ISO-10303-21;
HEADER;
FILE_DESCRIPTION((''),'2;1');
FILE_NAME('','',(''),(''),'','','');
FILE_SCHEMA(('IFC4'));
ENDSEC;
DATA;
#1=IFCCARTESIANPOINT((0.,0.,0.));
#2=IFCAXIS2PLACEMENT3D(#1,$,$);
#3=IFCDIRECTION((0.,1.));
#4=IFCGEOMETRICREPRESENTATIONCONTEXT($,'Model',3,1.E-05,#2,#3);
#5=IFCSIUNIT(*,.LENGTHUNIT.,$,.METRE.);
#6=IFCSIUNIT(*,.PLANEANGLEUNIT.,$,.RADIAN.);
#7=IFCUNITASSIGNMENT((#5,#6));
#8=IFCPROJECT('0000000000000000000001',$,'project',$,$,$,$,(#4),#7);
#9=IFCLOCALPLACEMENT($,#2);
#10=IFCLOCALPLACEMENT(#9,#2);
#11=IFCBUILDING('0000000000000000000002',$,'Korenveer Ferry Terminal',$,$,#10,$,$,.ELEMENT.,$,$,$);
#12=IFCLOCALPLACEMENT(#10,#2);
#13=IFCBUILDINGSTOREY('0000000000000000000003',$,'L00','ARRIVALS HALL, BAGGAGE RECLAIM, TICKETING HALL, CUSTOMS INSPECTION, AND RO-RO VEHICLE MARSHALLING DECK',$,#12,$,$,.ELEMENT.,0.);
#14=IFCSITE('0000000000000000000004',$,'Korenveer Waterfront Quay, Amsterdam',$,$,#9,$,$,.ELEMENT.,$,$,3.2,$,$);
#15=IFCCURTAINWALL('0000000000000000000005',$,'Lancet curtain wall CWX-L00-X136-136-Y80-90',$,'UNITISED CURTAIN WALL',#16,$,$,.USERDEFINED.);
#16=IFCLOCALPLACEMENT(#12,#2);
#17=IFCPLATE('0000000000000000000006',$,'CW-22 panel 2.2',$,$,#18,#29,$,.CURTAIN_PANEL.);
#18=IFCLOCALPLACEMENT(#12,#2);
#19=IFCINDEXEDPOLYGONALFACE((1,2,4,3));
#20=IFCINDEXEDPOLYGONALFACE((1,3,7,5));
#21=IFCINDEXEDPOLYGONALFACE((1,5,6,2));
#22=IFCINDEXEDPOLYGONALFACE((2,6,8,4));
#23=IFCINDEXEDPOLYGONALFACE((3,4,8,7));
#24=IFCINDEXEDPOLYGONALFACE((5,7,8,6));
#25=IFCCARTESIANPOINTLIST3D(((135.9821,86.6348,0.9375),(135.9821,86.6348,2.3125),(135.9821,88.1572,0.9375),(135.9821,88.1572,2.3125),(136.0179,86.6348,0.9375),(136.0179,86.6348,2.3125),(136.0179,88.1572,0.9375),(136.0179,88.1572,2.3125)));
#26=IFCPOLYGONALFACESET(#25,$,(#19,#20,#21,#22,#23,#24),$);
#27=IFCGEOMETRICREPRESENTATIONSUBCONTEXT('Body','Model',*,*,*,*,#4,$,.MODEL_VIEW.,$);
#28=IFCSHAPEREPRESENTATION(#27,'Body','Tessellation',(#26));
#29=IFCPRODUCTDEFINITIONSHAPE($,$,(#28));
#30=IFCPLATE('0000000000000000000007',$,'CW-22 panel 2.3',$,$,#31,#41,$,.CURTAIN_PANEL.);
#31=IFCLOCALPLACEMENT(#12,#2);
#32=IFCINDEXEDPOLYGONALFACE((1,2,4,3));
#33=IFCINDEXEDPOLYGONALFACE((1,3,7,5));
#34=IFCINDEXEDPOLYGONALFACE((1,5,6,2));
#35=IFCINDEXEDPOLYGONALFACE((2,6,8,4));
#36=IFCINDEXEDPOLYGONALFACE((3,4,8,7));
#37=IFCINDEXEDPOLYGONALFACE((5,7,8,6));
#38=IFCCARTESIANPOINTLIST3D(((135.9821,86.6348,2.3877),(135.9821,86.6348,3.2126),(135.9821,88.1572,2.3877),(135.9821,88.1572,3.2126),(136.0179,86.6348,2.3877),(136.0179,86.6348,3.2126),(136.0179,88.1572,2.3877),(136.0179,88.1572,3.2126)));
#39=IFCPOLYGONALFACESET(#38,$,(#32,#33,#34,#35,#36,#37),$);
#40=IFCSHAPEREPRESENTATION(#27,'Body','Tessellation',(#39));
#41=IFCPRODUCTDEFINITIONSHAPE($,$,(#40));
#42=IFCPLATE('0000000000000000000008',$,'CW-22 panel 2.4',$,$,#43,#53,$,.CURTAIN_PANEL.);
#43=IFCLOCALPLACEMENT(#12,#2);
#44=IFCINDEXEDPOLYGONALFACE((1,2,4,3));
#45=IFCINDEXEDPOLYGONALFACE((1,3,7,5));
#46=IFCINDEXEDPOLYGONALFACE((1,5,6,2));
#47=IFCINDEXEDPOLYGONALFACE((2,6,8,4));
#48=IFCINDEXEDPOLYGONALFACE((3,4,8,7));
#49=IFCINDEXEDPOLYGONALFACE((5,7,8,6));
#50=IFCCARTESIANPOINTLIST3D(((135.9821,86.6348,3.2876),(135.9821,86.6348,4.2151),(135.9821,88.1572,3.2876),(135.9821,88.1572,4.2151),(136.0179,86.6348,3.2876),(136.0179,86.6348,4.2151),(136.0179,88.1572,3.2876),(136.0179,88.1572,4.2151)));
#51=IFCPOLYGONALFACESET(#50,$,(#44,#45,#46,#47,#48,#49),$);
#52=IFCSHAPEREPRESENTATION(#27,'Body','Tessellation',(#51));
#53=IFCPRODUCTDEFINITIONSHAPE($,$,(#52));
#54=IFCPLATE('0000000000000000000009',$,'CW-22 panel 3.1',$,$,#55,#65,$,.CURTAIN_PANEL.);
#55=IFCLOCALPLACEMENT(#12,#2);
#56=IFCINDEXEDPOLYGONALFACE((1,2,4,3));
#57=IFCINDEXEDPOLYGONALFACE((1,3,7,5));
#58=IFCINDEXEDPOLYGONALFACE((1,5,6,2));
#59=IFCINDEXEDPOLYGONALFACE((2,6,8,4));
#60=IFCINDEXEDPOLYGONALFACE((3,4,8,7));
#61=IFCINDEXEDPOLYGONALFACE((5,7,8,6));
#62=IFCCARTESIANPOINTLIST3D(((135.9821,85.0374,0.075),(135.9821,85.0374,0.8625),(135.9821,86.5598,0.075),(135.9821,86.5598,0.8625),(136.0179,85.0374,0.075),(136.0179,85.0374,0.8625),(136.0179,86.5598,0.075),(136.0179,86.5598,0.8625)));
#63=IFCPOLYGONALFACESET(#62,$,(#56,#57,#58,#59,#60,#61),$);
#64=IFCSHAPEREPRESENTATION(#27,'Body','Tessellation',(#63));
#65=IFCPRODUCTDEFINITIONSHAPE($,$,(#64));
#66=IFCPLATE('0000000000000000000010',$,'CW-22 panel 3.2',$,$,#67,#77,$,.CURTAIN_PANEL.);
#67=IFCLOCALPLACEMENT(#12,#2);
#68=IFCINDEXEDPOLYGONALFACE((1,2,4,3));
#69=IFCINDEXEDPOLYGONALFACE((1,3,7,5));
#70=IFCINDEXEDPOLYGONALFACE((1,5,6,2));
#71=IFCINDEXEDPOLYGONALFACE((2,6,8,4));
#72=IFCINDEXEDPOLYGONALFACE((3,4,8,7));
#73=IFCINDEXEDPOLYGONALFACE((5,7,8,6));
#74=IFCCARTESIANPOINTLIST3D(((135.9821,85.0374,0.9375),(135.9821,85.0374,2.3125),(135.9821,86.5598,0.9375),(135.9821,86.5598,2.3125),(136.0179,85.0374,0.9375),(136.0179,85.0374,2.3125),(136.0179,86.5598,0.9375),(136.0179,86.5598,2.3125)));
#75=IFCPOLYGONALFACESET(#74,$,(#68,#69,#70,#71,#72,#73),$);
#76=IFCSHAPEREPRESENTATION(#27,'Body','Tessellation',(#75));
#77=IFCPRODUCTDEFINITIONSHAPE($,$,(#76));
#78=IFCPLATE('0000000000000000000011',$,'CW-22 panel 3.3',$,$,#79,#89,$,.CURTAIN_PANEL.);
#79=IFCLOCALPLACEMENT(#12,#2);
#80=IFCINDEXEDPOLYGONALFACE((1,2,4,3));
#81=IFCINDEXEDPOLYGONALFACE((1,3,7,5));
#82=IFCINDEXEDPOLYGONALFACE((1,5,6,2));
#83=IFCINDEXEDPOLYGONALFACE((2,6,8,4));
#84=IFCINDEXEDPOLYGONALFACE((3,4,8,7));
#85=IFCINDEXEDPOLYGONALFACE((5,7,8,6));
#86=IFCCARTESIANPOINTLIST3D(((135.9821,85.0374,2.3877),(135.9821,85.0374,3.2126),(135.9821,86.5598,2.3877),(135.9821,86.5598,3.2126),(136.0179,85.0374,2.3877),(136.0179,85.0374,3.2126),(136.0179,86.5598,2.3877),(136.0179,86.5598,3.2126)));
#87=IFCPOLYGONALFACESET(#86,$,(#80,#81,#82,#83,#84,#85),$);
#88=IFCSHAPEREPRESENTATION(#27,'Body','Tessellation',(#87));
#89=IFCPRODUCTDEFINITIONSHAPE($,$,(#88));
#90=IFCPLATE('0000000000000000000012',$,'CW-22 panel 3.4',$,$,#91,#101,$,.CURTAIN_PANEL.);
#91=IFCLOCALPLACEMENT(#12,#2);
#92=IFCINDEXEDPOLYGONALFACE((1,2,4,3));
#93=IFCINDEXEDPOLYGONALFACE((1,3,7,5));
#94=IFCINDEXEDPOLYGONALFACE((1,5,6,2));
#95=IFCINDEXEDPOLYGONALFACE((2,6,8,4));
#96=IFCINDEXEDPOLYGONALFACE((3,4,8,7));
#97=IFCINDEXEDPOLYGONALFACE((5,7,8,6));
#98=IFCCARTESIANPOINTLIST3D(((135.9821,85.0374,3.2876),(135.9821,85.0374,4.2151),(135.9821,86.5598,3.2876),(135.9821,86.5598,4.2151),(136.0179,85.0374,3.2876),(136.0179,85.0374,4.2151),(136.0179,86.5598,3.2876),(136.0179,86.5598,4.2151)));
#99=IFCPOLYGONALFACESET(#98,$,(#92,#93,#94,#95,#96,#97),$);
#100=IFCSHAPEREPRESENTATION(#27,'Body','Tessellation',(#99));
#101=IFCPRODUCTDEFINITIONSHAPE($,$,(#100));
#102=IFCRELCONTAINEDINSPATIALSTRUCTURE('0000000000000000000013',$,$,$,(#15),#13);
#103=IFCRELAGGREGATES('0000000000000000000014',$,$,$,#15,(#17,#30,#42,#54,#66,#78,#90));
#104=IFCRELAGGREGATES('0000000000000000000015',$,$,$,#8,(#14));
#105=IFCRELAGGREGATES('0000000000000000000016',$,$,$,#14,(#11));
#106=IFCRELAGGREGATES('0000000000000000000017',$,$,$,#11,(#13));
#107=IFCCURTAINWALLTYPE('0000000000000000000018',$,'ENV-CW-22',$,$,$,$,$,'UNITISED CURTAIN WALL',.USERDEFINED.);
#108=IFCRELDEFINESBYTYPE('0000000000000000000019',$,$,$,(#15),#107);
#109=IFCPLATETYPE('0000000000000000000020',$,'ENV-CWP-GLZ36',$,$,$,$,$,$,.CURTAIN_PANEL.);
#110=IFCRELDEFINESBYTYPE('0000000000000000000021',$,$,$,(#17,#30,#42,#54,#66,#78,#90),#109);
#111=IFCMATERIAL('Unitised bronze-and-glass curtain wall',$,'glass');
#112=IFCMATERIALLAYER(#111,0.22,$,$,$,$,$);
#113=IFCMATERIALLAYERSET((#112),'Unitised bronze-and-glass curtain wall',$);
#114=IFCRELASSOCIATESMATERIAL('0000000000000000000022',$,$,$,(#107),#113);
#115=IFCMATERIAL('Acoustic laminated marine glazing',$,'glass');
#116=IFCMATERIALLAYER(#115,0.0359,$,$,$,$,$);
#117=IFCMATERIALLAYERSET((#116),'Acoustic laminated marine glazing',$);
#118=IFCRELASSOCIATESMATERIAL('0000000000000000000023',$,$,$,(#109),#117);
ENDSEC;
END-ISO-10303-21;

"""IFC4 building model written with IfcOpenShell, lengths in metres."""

from ifc_helpers import new_model, si_unit, direction, frame, origin, origin_2d, place, context, subcontext, project, spatial, rectangle, extrude, material, layer, layer_set, type_object, element, aggregate, save


model = new_model("IFC4")

# Units and contexts
model_context = context("Model", 3, precision=1e-05, world=origin(), true_north=direction((0.0, 1.0)))
body_context = subcontext(model_context, "Body", "Model", "MODEL_VIEW")
ifc_project = project(units=[si_unit("LENGTHUNIT", "METRE"), si_unit("PLANEANGLEUNIT", "RADIAN")], contexts=[model_context])

# Site, building, storey
site_placement = place(None, origin())
site = spatial("IfcSite", under=ifc_project, at=site_placement, Name="Korenveer Waterfront Quay, Amsterdam", CompositionType="ELEMENT", RefElevation=3.2)
building_placement = place(site_placement, origin())
building = spatial("IfcBuilding", under=site, at=building_placement, Name="Korenveer Ferry Terminal", CompositionType="ELEMENT")
storey_placement = place(building_placement, origin())
storey = spatial("IfcBuildingStorey", under=building, at=storey_placement, Name="L00", Description="ARRIVALS HALL, BAGGAGE RECLAIM, TICKETING HALL, CUSTOMS INSPECTION, AND RO-RO VEHICLE MARSHALLING DECK", CompositionType="ELEMENT", Elevation=0.0)

# Curtain wall, plates
ifc_material_1 = material(Name="Unitised bronze-and-glass curtain wall", Category="glass")
ifc_layer_1 = layer(ifc_material_1, 0.22)
ifc_layer_set_1 = layer_set([ifc_layer_1], Name="Unitised bronze-and-glass curtain wall")
curtain_wall_type = type_object("IfcCurtainWallType", Name="ENV-CW-22", ElementType="UNITISED CURTAIN WALL", PredefinedType="USERDEFINED", material=ifc_layer_set_1)
curtain_wall_placement = place(storey_placement, frame((136.0, 89.7922, 0.0)))
curtain_wall = element("IfcCurtainWall", 1, at=curtain_wall_placement, inside=storey, type_object=curtain_wall_type, Name="Lancet curtain wall CWX-L00-X136-136-Y80-90", ObjectType="UNITISED CURTAIN WALL", PredefinedType="USERDEFINED")
ifc_material_2 = material(Name="Acoustic laminated marine glazing", Category="glass")
ifc_layer_2 = layer(ifc_material_2, 0.0359)
ifc_layer_set_2 = layer_set([ifc_layer_2], Name="Acoustic laminated marine glazing")
plate_type = type_object("IfcPlateType", Name="ENV-CWP-GLZ36", PredefinedType="CURTAIN_PANEL", material=ifc_layer_set_2)
plate_1_placement = place(storey_placement, frame((136.0, 87.396, 0.9375), z_axis=(0.0, 0.0, 1.0), x_axis=(0.0, -1.0, 0.0)))
plate_1 = element("IfcPlate", 2, at=plate_1_placement, type_object=plate_type, Name="CW-22 panel 2.2", PredefinedType="CURTAIN_PANEL", context=body_context, shape_type="SweptSolid", body=[
    extrude(rectangle(XDim=1.5225, YDim=0.0359, at=origin_2d()), origin(), (0.0, 0.0, 1.0), 1.375),
])
plate_2_placement = place(storey_placement, frame((136.0, 87.396, 2.3877), z_axis=(0.0, 0.0, 1.0), x_axis=(0.0, -1.0, 0.0)))
plate_2 = element("IfcPlate", 3, at=plate_2_placement, type_object=plate_type, Name="CW-22 panel 2.3", PredefinedType="CURTAIN_PANEL", context=body_context, shape_type="SweptSolid", body=[
    extrude(rectangle(XDim=1.5225, YDim=0.0359, at=origin_2d()), origin(), (0.0, 0.0, 1.0), 0.825),
])
plate_3_placement = place(storey_placement, frame((136.0, 87.396, 3.2876), z_axis=(0.0, 0.0, 1.0), x_axis=(0.0, -1.0, 0.0)))
plate_3 = element("IfcPlate", 4, at=plate_3_placement, type_object=plate_type, Name="CW-22 panel 2.4", PredefinedType="CURTAIN_PANEL", context=body_context, shape_type="SweptSolid", body=[
    extrude(rectangle(XDim=1.5225, YDim=0.0359, at=origin_2d()), origin(), (0.0, 0.0, 1.0), 0.9275),
])
plate_4_placement = place(storey_placement, frame((136.0, 85.7986, 0.075), z_axis=(0.0, 0.0, 1.0), x_axis=(0.0, -1.0, 0.0)))
plate_4 = element("IfcPlate", 5, at=plate_4_placement, type_object=plate_type, Name="CW-22 panel 3.1", PredefinedType="CURTAIN_PANEL", context=body_context, shape_type="SweptSolid", body=[
    extrude(rectangle(XDim=1.5225, YDim=0.0359, at=origin_2d()), origin(), (0.0, 0.0, 1.0), 0.7876),
])
plate_5_placement = place(storey_placement, frame((136.0, 85.7986, 0.9375), z_axis=(0.0, 0.0, 1.0), x_axis=(0.0, -1.0, 0.0)))
plate_5 = element("IfcPlate", 6, at=plate_5_placement, type_object=plate_type, Name="CW-22 panel 3.2", PredefinedType="CURTAIN_PANEL", context=body_context, shape_type="SweptSolid", body=[
    extrude(rectangle(XDim=1.5225, YDim=0.0359, at=origin_2d()), origin(), (0.0, 0.0, 1.0), 1.375),
])
plate_6_placement = place(storey_placement, frame((136.0, 85.7986, 2.3877), z_axis=(0.0, 0.0, 1.0), x_axis=(0.0, -1.0, 0.0)))
plate_6 = element("IfcPlate", 7, at=plate_6_placement, type_object=plate_type, Name="CW-22 panel 3.3", PredefinedType="CURTAIN_PANEL", context=body_context, shape_type="SweptSolid", body=[
    extrude(rectangle(XDim=1.5225, YDim=0.0359, at=origin_2d()), origin(), (0.0, 0.0, 1.0), 0.825),
])
plate_7_placement = place(storey_placement, frame((136.0, 85.7986, 3.2876), z_axis=(0.0, 0.0, 1.0), x_axis=(0.0, -1.0, 0.0)))
plate_7 = element("IfcPlate", 8, at=plate_7_placement, type_object=plate_type, Name="CW-22 panel 3.4", PredefinedType="CURTAIN_PANEL", context=body_context, shape_type="SweptSolid", body=[
    extrude(rectangle(XDim=1.5225, YDim=0.0359, at=origin_2d()), origin(), (0.0, 0.0, 1.0), 0.9275),
])
aggregate(curtain_wall, [plate_1, plate_2, plate_3, plate_4, plate_5, plate_6, plate_7])

save(model, "model.ifc")
